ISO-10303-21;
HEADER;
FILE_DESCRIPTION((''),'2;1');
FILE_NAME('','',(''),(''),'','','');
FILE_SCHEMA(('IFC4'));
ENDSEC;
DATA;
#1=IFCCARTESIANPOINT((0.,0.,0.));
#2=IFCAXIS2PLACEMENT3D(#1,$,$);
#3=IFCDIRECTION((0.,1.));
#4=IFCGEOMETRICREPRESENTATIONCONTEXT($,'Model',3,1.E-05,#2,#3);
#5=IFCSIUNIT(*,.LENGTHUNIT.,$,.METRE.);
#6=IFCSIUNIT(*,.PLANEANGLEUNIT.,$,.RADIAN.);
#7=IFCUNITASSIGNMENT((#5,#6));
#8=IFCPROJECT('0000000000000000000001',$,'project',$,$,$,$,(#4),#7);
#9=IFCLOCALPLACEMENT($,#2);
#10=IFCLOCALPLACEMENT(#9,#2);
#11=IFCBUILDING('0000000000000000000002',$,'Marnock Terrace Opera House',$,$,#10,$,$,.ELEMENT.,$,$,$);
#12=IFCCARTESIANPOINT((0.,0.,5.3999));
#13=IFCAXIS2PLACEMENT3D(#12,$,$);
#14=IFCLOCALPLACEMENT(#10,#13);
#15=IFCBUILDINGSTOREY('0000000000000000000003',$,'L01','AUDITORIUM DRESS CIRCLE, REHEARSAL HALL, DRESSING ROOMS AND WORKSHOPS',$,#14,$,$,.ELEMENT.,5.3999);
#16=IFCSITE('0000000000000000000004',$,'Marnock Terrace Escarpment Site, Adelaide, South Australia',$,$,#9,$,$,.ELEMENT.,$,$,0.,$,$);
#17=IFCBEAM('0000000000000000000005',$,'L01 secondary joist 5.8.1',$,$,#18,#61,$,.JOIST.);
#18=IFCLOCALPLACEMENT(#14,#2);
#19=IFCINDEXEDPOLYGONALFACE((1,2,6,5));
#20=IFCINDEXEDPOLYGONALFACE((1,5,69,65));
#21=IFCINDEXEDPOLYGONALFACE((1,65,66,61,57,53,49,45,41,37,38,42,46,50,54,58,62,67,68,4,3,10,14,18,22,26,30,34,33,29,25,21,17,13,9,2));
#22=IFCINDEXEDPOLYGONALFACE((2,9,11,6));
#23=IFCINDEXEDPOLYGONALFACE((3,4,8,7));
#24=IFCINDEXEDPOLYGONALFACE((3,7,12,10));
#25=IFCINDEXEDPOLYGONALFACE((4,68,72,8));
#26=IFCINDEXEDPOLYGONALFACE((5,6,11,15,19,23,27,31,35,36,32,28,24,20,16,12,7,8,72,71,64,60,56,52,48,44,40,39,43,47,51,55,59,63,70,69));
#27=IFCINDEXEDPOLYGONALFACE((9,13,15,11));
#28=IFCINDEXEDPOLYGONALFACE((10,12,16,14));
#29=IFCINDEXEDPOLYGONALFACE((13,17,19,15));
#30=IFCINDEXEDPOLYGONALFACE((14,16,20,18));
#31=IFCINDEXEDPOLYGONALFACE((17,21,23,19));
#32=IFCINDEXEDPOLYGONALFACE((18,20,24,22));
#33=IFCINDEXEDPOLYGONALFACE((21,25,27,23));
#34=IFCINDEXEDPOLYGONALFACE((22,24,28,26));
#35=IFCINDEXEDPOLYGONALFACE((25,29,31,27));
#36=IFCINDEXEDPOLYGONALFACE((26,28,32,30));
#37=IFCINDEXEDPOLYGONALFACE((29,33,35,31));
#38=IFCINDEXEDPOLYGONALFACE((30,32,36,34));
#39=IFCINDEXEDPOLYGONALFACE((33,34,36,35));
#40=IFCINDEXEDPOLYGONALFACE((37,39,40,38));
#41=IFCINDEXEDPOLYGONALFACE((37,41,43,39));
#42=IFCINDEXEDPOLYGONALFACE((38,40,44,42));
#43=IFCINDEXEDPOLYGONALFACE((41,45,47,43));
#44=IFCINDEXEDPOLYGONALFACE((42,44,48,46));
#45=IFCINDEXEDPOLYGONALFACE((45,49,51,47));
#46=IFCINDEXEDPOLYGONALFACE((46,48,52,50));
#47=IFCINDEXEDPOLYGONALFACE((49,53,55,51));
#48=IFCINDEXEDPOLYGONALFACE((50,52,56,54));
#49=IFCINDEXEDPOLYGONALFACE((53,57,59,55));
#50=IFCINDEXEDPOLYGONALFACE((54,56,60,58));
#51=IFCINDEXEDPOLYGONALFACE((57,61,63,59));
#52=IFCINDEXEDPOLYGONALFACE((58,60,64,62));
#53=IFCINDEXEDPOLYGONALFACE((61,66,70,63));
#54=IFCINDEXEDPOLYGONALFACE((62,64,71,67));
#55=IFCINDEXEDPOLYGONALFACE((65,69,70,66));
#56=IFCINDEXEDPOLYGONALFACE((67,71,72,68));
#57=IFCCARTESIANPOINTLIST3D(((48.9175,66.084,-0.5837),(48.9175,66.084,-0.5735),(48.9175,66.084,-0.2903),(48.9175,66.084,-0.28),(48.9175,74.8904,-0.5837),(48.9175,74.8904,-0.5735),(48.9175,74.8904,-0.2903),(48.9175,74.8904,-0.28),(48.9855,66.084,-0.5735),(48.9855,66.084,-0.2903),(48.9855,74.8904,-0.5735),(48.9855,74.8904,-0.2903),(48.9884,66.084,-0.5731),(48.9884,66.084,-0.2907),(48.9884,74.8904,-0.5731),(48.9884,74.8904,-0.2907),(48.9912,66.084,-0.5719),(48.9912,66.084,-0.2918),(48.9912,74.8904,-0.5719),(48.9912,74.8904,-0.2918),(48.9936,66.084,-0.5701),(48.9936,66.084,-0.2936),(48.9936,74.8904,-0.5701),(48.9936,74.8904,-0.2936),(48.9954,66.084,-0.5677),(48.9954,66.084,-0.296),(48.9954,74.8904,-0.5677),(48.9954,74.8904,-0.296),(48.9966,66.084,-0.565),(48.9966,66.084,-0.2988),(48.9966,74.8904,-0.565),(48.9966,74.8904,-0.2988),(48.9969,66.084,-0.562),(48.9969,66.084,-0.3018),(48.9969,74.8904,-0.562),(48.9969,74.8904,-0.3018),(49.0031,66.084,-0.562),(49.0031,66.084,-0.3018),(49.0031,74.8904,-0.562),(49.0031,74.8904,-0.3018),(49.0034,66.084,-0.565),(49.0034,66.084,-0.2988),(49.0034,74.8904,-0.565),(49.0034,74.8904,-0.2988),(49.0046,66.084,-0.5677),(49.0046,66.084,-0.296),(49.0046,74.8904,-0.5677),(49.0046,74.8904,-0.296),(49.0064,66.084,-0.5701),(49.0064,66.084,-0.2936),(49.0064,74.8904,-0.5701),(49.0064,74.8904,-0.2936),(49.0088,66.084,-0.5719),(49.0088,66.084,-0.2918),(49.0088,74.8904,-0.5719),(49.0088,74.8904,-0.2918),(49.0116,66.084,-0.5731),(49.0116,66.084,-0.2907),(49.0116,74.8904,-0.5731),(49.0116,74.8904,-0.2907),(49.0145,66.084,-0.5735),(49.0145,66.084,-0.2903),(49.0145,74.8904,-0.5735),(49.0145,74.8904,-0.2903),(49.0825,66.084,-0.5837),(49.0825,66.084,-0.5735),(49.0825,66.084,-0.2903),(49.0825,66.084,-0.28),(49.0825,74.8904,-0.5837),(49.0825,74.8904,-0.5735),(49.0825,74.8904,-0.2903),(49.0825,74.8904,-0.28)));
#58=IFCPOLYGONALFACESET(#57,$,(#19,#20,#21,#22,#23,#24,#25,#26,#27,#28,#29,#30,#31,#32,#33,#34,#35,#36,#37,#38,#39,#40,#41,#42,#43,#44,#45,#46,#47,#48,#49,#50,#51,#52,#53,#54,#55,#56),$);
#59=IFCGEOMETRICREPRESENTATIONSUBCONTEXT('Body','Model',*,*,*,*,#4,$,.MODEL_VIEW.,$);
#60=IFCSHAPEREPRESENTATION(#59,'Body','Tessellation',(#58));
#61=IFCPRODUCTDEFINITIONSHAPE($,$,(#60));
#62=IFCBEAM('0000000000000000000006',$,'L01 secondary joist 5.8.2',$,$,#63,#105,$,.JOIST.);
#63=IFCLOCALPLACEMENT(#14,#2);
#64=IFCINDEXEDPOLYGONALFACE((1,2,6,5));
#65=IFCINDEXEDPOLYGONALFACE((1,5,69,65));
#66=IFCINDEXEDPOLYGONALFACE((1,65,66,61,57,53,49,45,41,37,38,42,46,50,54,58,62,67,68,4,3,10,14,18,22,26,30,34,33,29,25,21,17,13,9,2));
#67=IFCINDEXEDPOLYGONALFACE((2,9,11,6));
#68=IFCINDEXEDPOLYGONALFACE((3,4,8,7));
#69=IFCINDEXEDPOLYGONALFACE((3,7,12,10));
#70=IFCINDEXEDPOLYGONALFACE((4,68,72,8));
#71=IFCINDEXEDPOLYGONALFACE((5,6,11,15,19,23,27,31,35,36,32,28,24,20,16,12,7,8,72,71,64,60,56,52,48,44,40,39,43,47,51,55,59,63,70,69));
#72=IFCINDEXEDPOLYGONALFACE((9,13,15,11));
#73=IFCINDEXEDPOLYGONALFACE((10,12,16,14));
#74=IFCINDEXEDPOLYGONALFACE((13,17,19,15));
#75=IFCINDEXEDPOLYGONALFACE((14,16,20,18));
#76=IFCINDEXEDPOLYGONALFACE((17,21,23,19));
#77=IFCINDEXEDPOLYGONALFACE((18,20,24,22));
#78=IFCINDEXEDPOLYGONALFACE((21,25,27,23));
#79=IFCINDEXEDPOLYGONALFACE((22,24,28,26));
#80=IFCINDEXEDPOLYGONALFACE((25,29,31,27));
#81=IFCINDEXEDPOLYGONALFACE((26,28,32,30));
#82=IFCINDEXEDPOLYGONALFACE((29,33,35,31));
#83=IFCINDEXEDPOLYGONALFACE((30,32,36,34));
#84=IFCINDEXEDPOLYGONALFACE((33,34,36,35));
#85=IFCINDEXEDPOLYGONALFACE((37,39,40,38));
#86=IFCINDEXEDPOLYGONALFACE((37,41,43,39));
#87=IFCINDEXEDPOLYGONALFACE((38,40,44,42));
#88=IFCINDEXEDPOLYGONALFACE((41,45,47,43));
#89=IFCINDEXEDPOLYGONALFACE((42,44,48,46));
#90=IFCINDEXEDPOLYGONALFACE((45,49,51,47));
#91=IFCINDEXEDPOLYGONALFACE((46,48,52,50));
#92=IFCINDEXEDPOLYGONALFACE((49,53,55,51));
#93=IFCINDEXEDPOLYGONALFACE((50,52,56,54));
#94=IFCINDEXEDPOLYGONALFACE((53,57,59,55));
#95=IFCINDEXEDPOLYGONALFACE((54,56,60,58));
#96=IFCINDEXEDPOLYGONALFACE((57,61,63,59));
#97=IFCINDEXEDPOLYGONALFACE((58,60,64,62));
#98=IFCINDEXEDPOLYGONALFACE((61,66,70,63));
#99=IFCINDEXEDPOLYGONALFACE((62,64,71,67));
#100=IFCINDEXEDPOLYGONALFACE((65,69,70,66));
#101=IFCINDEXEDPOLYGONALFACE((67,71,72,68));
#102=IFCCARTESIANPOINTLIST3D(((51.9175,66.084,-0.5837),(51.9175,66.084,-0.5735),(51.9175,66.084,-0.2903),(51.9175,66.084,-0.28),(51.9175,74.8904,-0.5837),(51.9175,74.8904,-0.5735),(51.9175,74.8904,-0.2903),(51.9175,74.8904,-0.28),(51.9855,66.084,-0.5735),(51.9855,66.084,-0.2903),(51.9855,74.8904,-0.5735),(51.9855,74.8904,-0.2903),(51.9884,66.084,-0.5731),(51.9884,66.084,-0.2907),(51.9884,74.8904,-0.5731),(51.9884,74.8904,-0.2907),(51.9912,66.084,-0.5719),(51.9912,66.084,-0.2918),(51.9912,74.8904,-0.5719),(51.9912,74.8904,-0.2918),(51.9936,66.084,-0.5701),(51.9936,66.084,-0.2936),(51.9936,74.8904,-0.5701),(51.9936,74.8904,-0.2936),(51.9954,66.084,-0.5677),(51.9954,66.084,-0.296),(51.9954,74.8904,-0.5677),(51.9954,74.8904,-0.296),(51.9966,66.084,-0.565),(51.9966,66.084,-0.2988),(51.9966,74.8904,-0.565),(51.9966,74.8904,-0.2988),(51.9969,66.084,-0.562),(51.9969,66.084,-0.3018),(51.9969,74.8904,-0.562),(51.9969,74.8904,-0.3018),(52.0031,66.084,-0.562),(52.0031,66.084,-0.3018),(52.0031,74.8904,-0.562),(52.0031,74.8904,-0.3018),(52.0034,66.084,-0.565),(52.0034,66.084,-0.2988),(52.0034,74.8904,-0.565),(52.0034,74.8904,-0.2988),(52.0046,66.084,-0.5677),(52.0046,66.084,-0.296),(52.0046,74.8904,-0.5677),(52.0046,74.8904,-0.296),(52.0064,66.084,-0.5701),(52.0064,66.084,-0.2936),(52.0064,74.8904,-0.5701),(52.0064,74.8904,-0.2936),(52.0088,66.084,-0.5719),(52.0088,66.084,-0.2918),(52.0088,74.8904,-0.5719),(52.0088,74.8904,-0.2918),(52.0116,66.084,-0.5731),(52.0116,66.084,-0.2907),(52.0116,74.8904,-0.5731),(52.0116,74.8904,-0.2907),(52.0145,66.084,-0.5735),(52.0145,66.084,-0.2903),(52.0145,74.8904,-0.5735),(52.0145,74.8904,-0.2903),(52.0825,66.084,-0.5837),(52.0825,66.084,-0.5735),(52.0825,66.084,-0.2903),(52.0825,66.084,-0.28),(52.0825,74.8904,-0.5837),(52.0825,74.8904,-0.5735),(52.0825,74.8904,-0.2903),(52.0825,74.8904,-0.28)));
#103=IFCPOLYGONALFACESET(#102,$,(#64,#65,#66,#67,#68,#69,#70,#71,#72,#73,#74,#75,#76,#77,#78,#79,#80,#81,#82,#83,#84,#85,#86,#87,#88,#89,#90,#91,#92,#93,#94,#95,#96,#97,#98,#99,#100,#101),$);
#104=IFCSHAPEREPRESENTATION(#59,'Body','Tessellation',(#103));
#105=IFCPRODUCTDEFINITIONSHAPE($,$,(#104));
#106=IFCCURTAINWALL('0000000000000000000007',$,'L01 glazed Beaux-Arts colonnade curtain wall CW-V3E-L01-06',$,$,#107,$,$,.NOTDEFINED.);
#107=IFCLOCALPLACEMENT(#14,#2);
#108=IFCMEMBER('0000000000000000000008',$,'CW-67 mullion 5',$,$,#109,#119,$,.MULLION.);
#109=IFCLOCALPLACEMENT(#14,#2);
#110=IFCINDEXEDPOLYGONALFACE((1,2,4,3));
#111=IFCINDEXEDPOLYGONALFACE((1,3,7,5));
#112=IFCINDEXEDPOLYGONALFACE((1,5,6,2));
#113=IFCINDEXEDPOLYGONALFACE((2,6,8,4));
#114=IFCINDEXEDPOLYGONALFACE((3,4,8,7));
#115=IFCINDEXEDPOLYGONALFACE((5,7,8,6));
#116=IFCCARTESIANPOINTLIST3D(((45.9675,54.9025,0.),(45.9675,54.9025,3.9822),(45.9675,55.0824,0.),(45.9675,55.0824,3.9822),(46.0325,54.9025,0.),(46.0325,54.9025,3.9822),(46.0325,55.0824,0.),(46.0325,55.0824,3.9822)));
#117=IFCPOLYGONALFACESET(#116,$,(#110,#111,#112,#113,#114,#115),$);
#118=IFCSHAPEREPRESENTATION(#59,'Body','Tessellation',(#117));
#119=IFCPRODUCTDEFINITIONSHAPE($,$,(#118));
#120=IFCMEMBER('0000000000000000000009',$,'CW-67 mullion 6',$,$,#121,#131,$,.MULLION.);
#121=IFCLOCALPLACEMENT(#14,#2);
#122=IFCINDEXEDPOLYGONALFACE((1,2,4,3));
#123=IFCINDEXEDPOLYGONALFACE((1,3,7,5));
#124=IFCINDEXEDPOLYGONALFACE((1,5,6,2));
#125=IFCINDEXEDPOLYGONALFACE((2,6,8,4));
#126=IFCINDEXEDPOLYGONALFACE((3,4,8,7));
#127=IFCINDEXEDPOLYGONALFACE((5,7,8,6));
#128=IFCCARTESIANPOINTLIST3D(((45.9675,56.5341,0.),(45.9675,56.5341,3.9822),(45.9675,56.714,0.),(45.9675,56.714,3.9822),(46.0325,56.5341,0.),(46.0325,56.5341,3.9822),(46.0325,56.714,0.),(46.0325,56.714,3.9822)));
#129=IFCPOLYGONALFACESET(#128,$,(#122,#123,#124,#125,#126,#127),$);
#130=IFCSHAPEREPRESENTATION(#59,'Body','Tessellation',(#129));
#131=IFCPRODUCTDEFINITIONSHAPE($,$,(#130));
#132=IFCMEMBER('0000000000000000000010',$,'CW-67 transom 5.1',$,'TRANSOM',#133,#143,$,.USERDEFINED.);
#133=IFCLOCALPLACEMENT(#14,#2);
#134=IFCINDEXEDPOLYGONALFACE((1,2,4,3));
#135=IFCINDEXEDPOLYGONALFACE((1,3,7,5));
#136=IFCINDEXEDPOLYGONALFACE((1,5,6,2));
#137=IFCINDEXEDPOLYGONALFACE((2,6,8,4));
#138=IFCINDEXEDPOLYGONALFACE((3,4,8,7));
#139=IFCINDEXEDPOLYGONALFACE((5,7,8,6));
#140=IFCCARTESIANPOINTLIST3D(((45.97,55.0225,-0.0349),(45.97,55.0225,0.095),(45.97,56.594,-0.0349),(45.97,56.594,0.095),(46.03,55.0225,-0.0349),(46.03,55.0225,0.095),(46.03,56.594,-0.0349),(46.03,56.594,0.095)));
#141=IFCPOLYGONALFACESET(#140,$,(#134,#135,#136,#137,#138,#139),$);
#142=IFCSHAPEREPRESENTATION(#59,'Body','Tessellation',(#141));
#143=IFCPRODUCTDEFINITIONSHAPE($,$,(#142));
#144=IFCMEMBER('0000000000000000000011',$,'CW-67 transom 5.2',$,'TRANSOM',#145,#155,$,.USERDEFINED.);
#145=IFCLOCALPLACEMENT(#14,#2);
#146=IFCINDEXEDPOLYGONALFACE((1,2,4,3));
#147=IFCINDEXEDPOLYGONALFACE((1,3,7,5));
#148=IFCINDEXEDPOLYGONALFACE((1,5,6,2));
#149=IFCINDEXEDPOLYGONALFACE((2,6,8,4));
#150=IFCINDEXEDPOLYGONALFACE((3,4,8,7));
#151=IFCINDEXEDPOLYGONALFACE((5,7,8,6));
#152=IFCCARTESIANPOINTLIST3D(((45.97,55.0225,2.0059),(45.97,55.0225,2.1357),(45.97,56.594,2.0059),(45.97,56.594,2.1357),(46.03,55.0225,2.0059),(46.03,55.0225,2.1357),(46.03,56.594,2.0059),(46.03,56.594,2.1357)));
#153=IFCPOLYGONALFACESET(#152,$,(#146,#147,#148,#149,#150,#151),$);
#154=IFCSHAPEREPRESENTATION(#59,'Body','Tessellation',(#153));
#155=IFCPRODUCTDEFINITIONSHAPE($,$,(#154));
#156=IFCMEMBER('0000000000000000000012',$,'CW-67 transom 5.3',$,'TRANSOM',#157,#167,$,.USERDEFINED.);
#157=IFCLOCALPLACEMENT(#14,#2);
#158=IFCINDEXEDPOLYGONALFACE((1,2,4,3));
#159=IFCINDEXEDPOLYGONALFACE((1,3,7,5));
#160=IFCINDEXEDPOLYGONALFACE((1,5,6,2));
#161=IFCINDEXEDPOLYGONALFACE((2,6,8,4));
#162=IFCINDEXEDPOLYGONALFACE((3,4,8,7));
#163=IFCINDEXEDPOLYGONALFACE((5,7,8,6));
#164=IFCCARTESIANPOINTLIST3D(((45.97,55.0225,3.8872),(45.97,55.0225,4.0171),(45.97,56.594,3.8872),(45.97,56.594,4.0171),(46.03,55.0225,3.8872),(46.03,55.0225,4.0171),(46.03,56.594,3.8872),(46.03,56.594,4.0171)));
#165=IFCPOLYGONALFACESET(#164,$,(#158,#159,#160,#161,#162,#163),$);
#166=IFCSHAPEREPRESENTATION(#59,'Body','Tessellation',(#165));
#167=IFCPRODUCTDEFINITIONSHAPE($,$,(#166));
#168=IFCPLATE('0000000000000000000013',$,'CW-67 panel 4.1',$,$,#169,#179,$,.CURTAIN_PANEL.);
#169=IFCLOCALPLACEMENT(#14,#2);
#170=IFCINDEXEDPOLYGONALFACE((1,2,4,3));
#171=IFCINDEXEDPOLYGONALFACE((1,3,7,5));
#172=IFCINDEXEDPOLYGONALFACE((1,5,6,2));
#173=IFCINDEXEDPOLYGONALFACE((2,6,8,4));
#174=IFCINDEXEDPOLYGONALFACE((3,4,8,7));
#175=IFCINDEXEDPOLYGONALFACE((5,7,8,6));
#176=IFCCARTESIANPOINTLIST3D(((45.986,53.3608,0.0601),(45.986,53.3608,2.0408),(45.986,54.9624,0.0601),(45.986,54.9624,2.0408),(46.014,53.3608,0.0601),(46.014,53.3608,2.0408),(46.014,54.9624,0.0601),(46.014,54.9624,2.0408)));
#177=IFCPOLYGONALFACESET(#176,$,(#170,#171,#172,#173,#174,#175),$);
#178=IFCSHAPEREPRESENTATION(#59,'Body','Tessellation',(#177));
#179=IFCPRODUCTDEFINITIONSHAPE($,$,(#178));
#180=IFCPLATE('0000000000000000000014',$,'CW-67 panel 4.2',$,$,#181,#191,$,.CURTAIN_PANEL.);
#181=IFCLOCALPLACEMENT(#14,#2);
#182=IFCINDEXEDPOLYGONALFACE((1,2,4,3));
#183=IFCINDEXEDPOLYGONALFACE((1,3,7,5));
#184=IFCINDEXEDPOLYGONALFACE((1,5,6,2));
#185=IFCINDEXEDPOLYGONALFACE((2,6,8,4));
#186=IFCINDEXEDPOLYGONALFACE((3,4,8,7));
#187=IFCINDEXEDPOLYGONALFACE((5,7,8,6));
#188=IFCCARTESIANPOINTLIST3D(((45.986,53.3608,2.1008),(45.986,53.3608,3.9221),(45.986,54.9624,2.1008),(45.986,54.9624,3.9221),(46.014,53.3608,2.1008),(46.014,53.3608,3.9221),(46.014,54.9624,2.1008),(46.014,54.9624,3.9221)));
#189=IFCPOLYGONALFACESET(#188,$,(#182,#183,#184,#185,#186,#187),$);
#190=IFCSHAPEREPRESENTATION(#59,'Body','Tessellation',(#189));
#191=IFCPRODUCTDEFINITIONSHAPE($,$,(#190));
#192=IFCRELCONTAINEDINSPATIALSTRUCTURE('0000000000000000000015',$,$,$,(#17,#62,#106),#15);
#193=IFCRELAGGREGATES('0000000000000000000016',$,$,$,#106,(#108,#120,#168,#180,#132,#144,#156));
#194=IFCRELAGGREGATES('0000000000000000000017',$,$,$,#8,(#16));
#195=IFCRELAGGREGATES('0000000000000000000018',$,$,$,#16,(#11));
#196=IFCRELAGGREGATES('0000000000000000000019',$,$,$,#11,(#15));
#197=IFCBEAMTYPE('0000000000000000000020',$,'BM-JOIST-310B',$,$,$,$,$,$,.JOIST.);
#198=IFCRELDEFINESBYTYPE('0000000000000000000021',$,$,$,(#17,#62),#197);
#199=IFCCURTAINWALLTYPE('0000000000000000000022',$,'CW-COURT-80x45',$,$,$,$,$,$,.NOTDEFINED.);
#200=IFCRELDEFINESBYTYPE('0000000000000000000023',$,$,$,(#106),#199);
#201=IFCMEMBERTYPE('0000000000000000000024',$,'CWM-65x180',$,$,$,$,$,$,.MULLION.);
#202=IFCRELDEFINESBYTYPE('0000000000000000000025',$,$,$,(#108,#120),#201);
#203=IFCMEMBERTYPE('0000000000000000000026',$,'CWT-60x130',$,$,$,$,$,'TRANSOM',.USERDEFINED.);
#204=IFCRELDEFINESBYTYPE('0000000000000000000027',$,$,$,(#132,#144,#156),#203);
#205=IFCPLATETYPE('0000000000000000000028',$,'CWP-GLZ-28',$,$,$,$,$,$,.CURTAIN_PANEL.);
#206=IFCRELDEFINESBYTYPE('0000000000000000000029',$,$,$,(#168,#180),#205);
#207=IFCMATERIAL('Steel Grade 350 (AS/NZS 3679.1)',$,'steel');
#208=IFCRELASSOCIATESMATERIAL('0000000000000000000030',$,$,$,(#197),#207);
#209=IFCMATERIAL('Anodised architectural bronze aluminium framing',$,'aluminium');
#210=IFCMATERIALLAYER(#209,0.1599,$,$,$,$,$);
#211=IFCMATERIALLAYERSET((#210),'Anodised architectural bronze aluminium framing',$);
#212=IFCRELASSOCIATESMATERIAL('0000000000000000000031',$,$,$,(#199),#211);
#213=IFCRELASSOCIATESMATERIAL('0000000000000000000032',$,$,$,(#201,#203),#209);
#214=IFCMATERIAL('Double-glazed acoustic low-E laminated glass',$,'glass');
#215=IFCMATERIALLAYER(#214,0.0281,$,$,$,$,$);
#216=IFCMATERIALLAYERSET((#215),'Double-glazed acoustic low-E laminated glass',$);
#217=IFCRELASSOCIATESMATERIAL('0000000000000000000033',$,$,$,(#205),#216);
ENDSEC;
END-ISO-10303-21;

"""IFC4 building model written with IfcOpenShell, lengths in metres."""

from ifc_helpers import new_model, si_unit, direction, frame, origin, origin_2d, place, context, subcontext, project, spatial, rectangle, i_section, extrude, material, layer, layer_set, material_profile, profile_set, type_object, element, aggregate, save


model = new_model("IFC4")

# Units and contexts
model_context = context("Model", 3, precision=1e-05, world=origin(), true_north=direction((0.0, 1.0)))
body_context = subcontext(model_context, "Body", "Model", "MODEL_VIEW")
ifc_project = project(units=[si_unit("LENGTHUNIT", "METRE"), si_unit("PLANEANGLEUNIT", "RADIAN")], contexts=[model_context])

# Site, building, storey
site_placement = place(None, origin())
site = spatial("IfcSite", under=ifc_project, at=site_placement, Name="Marnock Terrace Escarpment Site, Adelaide, South Australia", CompositionType="ELEMENT", RefElevation=0.0)
building_placement = place(site_placement, origin())
building = spatial("IfcBuilding", under=site, at=building_placement, Name="Marnock Terrace Opera House", CompositionType="ELEMENT")
storey_placement = place(building_placement, frame((0.0, 0.0, 5.3999)))
storey = spatial("IfcBuildingStorey", under=building, at=storey_placement, Name="L01", Description="AUDITORIUM DRESS CIRCLE, REHEARSAL HALL, DRESSING ROOMS AND WORKSHOPS", CompositionType="ELEMENT", Elevation=5.3999)

# Beams
ifc_material_1 = material(Name="Steel Grade 350 (AS/NZS 3679.1)", Category="steel")
ifc_material_profile_1 = material_profile(ifc_material_1, i_section(OverallWidth=0.165, OverallDepth=0.3037, WebThickness=0.0061, FlangeThickness=0.0103, FilletRadius=0.0115, at=origin_2d()))
ifc_profile_set_1 = profile_set([ifc_material_profile_1], Name="Steel Grade 350 (AS/NZS 3679.1)")
beam_type_1 = type_object("IfcBeamType", Name="BM-JOIST-310B", PredefinedType="JOIST", material=ifc_profile_set_1)
for number, where, z_axis, x_axis, name in (
    (1, (49.0, 66.084, -0.4319), (0.0, 1.0, 0.0), (-1.0, 0.0, 0.0), "L01 secondary joist 5.8.1"),
    (2, (52.0, 66.084, -0.4319), (0.0, 1.0, 0.0), (-1.0, 0.0, 0.0), "L01 secondary joist 5.8.2"),
):
    element("IfcBeam", number, at=place(storey_placement, frame(where, z_axis=z_axis, x_axis=x_axis)), inside=storey, type_object=beam_type_1, Name=name, PredefinedType="JOIST", context=body_context, shape_type="SweptSolid", body=[
        extrude(i_section(OverallWidth=0.165, OverallDepth=0.3037, WebThickness=0.0061, FlangeThickness=0.0103, FilletRadius=0.0115, at=origin_2d()), origin(), (0.0, 0.0, 1.0), 8.8064),
    ])

# Curtain wall, members, plates
ifc_material_2 = material(Name="Anodised architectural bronze aluminium framing", Category="aluminium")
ifc_layer_1 = layer(ifc_material_2, 0.1599)
ifc_layer_set_1 = layer_set([ifc_layer_1], Name="Anodised architectural bronze aluminium framing")
curtain_wall_type = type_object("IfcCurtainWallType", Name="CW-COURT-80x45", PredefinedType="NOTDEFINED", material=ifc_layer_set_1)
curtain_wall_placement = place(storey_placement, origin())
curtain_wall = element("IfcCurtainWall", 3, at=curtain_wall_placement, inside=storey, type_object=curtain_wall_type, Name="L01 glazed Beaux-Arts colonnade curtain wall CW-V3E-L01-06", PredefinedType="NOTDEFINED")
ifc_material_profile_2 = material_profile(ifc_material_2, rectangle(XDim=0.0649, YDim=0.1799, at=origin_2d()))
ifc_profile_set_2 = profile_set([ifc_material_profile_2], Name="Anodised architectural bronze aluminium framing")
member_type_1 = type_object("IfcMemberType", Name="CWM-65x180", PredefinedType="MULLION", material=ifc_profile_set_2)
member_1_placement = place(storey_placement, frame((46.0, 54.9924, 0.0), z_axis=(0.0, 0.0, 1.0), x_axis=(-1.0, 0.0, 0.0)))
member_1 = element("IfcMember", 4, at=member_1_placement, type_object=member_type_1, Name="CW-67 mullion 5", PredefinedType="MULLION", context=body_context, shape_type="SweptSolid", body=[
    extrude(rectangle(XDim=0.0649, YDim=0.1799, at=origin_2d()), origin(), (0.0, 0.0, 1.0), 3.9822),
])
member_2_placement = place(storey_placement, frame((46.0, 56.624, 0.0), z_axis=(0.0, 0.0, 1.0), x_axis=(-1.0, 0.0, 0.0)))
member_2 = element("IfcMember", 5, at=member_2_placement, type_object=member_type_1, Name="CW-67 mullion 6", PredefinedType="MULLION", context=body_context, shape_type="SweptSolid", body=[
    extrude(rectangle(XDim=0.0649, YDim=0.1799, at=origin_2d()), origin(), (0.0, 0.0, 1.0), 3.9822),
])
ifc_material_profile_3 = material_profile(ifc_material_2, rectangle(XDim=0.0601, YDim=0.1299, at=origin_2d()))
ifc_profile_set_3 = profile_set([ifc_material_profile_3], Name="Anodised architectural bronze aluminium framing")
member_type_2 = type_object("IfcMemberType", Name="CWT-60x130", ElementType="TRANSOM", PredefinedType="USERDEFINED", material=ifc_profile_set_3)
member_3_placement = place(storey_placement, frame((46.0, 55.0225, 0.03), z_axis=(0.0, 1.0, 0.0), x_axis=(-1.0, 0.0, 0.0)))
member_3 = element("IfcMember", 6, at=member_3_placement, type_object=member_type_2, Name="CW-67 transom 5.1", ObjectType="TRANSOM", PredefinedType="USERDEFINED", context=body_context, shape_type="SweptSolid", body=[
    extrude(rectangle(XDim=0.0601, YDim=0.1299, at=origin_2d()), origin(), (0.0, 0.0, 1.0), 1.5715),
])
member_4_placement = place(storey_placement, frame((46.0, 55.0225, 2.0708), z_axis=(0.0, 1.0, 0.0), x_axis=(-1.0, 0.0, 0.0)))
member_4 = element("IfcMember", 7, at=member_4_placement, type_object=member_type_2, Name="CW-67 transom 5.2", ObjectType="TRANSOM", PredefinedType="USERDEFINED", context=body_context, shape_type="SweptSolid", body=[
    extrude(rectangle(XDim=0.0601, YDim=0.1299, at=origin_2d()), origin(), (0.0, 0.0, 1.0), 1.5715),
])
member_5_placement = place(storey_placement, frame((46.0, 55.0225, 3.9521), z_axis=(0.0, 1.0, 0.0), x_axis=(-1.0, 0.0, 0.0)))
member_5 = element("IfcMember", 8, at=member_5_placement, type_object=member_type_2, Name="CW-67 transom 5.3", ObjectType="TRANSOM", PredefinedType="USERDEFINED", context=body_context, shape_type="SweptSolid", body=[
    extrude(rectangle(XDim=0.0601, YDim=0.1299, at=origin_2d()), origin(), (0.0, 0.0, 1.0), 1.5715),
])
ifc_material_3 = material(Name="Double-glazed acoustic low-E laminated glass", Category="glass")
ifc_layer_2 = layer(ifc_material_3, 0.0281)
ifc_layer_set_2 = layer_set([ifc_layer_2], Name="Double-glazed acoustic low-E laminated glass")
plate_type = type_object("IfcPlateType", Name="CWP-GLZ-28", PredefinedType="CURTAIN_PANEL", material=ifc_layer_set_2)
plate_1_placement = place(storey_placement, frame((46.0, 54.1616, 0.0601), z_axis=(0.0, 0.0, 1.0), x_axis=(0.0, 1.0, 0.0)))
plate_1 = element("IfcPlate", 9, at=plate_1_placement, type_object=plate_type, Name="CW-67 panel 4.1", PredefinedType="CURTAIN_PANEL", context=body_context, shape_type="SweptSolid", body=[
    extrude(rectangle(XDim=1.6016, YDim=0.0281, at=origin_2d()), origin(), (0.0, 0.0, 1.0), 1.9807),
])
plate_2_placement = place(storey_placement, frame((46.0, 54.1616, 2.1008), z_axis=(0.0, 0.0, 1.0), x_axis=(0.0, 1.0, 0.0)))
plate_2 = element("IfcPlate", 10, at=plate_2_placement, type_object=plate_type, Name="CW-67 panel 4.2", PredefinedType="CURTAIN_PANEL", context=body_context, shape_type="SweptSolid", body=[
    extrude(rectangle(XDim=1.6016, YDim=0.0281, at=origin_2d()), origin(), (0.0, 0.0, 1.0), 1.8213),
])
aggregate(curtain_wall, [member_1, member_2, plate_1, plate_2, member_3, member_4, member_5])

save(model, "model.ifc")
